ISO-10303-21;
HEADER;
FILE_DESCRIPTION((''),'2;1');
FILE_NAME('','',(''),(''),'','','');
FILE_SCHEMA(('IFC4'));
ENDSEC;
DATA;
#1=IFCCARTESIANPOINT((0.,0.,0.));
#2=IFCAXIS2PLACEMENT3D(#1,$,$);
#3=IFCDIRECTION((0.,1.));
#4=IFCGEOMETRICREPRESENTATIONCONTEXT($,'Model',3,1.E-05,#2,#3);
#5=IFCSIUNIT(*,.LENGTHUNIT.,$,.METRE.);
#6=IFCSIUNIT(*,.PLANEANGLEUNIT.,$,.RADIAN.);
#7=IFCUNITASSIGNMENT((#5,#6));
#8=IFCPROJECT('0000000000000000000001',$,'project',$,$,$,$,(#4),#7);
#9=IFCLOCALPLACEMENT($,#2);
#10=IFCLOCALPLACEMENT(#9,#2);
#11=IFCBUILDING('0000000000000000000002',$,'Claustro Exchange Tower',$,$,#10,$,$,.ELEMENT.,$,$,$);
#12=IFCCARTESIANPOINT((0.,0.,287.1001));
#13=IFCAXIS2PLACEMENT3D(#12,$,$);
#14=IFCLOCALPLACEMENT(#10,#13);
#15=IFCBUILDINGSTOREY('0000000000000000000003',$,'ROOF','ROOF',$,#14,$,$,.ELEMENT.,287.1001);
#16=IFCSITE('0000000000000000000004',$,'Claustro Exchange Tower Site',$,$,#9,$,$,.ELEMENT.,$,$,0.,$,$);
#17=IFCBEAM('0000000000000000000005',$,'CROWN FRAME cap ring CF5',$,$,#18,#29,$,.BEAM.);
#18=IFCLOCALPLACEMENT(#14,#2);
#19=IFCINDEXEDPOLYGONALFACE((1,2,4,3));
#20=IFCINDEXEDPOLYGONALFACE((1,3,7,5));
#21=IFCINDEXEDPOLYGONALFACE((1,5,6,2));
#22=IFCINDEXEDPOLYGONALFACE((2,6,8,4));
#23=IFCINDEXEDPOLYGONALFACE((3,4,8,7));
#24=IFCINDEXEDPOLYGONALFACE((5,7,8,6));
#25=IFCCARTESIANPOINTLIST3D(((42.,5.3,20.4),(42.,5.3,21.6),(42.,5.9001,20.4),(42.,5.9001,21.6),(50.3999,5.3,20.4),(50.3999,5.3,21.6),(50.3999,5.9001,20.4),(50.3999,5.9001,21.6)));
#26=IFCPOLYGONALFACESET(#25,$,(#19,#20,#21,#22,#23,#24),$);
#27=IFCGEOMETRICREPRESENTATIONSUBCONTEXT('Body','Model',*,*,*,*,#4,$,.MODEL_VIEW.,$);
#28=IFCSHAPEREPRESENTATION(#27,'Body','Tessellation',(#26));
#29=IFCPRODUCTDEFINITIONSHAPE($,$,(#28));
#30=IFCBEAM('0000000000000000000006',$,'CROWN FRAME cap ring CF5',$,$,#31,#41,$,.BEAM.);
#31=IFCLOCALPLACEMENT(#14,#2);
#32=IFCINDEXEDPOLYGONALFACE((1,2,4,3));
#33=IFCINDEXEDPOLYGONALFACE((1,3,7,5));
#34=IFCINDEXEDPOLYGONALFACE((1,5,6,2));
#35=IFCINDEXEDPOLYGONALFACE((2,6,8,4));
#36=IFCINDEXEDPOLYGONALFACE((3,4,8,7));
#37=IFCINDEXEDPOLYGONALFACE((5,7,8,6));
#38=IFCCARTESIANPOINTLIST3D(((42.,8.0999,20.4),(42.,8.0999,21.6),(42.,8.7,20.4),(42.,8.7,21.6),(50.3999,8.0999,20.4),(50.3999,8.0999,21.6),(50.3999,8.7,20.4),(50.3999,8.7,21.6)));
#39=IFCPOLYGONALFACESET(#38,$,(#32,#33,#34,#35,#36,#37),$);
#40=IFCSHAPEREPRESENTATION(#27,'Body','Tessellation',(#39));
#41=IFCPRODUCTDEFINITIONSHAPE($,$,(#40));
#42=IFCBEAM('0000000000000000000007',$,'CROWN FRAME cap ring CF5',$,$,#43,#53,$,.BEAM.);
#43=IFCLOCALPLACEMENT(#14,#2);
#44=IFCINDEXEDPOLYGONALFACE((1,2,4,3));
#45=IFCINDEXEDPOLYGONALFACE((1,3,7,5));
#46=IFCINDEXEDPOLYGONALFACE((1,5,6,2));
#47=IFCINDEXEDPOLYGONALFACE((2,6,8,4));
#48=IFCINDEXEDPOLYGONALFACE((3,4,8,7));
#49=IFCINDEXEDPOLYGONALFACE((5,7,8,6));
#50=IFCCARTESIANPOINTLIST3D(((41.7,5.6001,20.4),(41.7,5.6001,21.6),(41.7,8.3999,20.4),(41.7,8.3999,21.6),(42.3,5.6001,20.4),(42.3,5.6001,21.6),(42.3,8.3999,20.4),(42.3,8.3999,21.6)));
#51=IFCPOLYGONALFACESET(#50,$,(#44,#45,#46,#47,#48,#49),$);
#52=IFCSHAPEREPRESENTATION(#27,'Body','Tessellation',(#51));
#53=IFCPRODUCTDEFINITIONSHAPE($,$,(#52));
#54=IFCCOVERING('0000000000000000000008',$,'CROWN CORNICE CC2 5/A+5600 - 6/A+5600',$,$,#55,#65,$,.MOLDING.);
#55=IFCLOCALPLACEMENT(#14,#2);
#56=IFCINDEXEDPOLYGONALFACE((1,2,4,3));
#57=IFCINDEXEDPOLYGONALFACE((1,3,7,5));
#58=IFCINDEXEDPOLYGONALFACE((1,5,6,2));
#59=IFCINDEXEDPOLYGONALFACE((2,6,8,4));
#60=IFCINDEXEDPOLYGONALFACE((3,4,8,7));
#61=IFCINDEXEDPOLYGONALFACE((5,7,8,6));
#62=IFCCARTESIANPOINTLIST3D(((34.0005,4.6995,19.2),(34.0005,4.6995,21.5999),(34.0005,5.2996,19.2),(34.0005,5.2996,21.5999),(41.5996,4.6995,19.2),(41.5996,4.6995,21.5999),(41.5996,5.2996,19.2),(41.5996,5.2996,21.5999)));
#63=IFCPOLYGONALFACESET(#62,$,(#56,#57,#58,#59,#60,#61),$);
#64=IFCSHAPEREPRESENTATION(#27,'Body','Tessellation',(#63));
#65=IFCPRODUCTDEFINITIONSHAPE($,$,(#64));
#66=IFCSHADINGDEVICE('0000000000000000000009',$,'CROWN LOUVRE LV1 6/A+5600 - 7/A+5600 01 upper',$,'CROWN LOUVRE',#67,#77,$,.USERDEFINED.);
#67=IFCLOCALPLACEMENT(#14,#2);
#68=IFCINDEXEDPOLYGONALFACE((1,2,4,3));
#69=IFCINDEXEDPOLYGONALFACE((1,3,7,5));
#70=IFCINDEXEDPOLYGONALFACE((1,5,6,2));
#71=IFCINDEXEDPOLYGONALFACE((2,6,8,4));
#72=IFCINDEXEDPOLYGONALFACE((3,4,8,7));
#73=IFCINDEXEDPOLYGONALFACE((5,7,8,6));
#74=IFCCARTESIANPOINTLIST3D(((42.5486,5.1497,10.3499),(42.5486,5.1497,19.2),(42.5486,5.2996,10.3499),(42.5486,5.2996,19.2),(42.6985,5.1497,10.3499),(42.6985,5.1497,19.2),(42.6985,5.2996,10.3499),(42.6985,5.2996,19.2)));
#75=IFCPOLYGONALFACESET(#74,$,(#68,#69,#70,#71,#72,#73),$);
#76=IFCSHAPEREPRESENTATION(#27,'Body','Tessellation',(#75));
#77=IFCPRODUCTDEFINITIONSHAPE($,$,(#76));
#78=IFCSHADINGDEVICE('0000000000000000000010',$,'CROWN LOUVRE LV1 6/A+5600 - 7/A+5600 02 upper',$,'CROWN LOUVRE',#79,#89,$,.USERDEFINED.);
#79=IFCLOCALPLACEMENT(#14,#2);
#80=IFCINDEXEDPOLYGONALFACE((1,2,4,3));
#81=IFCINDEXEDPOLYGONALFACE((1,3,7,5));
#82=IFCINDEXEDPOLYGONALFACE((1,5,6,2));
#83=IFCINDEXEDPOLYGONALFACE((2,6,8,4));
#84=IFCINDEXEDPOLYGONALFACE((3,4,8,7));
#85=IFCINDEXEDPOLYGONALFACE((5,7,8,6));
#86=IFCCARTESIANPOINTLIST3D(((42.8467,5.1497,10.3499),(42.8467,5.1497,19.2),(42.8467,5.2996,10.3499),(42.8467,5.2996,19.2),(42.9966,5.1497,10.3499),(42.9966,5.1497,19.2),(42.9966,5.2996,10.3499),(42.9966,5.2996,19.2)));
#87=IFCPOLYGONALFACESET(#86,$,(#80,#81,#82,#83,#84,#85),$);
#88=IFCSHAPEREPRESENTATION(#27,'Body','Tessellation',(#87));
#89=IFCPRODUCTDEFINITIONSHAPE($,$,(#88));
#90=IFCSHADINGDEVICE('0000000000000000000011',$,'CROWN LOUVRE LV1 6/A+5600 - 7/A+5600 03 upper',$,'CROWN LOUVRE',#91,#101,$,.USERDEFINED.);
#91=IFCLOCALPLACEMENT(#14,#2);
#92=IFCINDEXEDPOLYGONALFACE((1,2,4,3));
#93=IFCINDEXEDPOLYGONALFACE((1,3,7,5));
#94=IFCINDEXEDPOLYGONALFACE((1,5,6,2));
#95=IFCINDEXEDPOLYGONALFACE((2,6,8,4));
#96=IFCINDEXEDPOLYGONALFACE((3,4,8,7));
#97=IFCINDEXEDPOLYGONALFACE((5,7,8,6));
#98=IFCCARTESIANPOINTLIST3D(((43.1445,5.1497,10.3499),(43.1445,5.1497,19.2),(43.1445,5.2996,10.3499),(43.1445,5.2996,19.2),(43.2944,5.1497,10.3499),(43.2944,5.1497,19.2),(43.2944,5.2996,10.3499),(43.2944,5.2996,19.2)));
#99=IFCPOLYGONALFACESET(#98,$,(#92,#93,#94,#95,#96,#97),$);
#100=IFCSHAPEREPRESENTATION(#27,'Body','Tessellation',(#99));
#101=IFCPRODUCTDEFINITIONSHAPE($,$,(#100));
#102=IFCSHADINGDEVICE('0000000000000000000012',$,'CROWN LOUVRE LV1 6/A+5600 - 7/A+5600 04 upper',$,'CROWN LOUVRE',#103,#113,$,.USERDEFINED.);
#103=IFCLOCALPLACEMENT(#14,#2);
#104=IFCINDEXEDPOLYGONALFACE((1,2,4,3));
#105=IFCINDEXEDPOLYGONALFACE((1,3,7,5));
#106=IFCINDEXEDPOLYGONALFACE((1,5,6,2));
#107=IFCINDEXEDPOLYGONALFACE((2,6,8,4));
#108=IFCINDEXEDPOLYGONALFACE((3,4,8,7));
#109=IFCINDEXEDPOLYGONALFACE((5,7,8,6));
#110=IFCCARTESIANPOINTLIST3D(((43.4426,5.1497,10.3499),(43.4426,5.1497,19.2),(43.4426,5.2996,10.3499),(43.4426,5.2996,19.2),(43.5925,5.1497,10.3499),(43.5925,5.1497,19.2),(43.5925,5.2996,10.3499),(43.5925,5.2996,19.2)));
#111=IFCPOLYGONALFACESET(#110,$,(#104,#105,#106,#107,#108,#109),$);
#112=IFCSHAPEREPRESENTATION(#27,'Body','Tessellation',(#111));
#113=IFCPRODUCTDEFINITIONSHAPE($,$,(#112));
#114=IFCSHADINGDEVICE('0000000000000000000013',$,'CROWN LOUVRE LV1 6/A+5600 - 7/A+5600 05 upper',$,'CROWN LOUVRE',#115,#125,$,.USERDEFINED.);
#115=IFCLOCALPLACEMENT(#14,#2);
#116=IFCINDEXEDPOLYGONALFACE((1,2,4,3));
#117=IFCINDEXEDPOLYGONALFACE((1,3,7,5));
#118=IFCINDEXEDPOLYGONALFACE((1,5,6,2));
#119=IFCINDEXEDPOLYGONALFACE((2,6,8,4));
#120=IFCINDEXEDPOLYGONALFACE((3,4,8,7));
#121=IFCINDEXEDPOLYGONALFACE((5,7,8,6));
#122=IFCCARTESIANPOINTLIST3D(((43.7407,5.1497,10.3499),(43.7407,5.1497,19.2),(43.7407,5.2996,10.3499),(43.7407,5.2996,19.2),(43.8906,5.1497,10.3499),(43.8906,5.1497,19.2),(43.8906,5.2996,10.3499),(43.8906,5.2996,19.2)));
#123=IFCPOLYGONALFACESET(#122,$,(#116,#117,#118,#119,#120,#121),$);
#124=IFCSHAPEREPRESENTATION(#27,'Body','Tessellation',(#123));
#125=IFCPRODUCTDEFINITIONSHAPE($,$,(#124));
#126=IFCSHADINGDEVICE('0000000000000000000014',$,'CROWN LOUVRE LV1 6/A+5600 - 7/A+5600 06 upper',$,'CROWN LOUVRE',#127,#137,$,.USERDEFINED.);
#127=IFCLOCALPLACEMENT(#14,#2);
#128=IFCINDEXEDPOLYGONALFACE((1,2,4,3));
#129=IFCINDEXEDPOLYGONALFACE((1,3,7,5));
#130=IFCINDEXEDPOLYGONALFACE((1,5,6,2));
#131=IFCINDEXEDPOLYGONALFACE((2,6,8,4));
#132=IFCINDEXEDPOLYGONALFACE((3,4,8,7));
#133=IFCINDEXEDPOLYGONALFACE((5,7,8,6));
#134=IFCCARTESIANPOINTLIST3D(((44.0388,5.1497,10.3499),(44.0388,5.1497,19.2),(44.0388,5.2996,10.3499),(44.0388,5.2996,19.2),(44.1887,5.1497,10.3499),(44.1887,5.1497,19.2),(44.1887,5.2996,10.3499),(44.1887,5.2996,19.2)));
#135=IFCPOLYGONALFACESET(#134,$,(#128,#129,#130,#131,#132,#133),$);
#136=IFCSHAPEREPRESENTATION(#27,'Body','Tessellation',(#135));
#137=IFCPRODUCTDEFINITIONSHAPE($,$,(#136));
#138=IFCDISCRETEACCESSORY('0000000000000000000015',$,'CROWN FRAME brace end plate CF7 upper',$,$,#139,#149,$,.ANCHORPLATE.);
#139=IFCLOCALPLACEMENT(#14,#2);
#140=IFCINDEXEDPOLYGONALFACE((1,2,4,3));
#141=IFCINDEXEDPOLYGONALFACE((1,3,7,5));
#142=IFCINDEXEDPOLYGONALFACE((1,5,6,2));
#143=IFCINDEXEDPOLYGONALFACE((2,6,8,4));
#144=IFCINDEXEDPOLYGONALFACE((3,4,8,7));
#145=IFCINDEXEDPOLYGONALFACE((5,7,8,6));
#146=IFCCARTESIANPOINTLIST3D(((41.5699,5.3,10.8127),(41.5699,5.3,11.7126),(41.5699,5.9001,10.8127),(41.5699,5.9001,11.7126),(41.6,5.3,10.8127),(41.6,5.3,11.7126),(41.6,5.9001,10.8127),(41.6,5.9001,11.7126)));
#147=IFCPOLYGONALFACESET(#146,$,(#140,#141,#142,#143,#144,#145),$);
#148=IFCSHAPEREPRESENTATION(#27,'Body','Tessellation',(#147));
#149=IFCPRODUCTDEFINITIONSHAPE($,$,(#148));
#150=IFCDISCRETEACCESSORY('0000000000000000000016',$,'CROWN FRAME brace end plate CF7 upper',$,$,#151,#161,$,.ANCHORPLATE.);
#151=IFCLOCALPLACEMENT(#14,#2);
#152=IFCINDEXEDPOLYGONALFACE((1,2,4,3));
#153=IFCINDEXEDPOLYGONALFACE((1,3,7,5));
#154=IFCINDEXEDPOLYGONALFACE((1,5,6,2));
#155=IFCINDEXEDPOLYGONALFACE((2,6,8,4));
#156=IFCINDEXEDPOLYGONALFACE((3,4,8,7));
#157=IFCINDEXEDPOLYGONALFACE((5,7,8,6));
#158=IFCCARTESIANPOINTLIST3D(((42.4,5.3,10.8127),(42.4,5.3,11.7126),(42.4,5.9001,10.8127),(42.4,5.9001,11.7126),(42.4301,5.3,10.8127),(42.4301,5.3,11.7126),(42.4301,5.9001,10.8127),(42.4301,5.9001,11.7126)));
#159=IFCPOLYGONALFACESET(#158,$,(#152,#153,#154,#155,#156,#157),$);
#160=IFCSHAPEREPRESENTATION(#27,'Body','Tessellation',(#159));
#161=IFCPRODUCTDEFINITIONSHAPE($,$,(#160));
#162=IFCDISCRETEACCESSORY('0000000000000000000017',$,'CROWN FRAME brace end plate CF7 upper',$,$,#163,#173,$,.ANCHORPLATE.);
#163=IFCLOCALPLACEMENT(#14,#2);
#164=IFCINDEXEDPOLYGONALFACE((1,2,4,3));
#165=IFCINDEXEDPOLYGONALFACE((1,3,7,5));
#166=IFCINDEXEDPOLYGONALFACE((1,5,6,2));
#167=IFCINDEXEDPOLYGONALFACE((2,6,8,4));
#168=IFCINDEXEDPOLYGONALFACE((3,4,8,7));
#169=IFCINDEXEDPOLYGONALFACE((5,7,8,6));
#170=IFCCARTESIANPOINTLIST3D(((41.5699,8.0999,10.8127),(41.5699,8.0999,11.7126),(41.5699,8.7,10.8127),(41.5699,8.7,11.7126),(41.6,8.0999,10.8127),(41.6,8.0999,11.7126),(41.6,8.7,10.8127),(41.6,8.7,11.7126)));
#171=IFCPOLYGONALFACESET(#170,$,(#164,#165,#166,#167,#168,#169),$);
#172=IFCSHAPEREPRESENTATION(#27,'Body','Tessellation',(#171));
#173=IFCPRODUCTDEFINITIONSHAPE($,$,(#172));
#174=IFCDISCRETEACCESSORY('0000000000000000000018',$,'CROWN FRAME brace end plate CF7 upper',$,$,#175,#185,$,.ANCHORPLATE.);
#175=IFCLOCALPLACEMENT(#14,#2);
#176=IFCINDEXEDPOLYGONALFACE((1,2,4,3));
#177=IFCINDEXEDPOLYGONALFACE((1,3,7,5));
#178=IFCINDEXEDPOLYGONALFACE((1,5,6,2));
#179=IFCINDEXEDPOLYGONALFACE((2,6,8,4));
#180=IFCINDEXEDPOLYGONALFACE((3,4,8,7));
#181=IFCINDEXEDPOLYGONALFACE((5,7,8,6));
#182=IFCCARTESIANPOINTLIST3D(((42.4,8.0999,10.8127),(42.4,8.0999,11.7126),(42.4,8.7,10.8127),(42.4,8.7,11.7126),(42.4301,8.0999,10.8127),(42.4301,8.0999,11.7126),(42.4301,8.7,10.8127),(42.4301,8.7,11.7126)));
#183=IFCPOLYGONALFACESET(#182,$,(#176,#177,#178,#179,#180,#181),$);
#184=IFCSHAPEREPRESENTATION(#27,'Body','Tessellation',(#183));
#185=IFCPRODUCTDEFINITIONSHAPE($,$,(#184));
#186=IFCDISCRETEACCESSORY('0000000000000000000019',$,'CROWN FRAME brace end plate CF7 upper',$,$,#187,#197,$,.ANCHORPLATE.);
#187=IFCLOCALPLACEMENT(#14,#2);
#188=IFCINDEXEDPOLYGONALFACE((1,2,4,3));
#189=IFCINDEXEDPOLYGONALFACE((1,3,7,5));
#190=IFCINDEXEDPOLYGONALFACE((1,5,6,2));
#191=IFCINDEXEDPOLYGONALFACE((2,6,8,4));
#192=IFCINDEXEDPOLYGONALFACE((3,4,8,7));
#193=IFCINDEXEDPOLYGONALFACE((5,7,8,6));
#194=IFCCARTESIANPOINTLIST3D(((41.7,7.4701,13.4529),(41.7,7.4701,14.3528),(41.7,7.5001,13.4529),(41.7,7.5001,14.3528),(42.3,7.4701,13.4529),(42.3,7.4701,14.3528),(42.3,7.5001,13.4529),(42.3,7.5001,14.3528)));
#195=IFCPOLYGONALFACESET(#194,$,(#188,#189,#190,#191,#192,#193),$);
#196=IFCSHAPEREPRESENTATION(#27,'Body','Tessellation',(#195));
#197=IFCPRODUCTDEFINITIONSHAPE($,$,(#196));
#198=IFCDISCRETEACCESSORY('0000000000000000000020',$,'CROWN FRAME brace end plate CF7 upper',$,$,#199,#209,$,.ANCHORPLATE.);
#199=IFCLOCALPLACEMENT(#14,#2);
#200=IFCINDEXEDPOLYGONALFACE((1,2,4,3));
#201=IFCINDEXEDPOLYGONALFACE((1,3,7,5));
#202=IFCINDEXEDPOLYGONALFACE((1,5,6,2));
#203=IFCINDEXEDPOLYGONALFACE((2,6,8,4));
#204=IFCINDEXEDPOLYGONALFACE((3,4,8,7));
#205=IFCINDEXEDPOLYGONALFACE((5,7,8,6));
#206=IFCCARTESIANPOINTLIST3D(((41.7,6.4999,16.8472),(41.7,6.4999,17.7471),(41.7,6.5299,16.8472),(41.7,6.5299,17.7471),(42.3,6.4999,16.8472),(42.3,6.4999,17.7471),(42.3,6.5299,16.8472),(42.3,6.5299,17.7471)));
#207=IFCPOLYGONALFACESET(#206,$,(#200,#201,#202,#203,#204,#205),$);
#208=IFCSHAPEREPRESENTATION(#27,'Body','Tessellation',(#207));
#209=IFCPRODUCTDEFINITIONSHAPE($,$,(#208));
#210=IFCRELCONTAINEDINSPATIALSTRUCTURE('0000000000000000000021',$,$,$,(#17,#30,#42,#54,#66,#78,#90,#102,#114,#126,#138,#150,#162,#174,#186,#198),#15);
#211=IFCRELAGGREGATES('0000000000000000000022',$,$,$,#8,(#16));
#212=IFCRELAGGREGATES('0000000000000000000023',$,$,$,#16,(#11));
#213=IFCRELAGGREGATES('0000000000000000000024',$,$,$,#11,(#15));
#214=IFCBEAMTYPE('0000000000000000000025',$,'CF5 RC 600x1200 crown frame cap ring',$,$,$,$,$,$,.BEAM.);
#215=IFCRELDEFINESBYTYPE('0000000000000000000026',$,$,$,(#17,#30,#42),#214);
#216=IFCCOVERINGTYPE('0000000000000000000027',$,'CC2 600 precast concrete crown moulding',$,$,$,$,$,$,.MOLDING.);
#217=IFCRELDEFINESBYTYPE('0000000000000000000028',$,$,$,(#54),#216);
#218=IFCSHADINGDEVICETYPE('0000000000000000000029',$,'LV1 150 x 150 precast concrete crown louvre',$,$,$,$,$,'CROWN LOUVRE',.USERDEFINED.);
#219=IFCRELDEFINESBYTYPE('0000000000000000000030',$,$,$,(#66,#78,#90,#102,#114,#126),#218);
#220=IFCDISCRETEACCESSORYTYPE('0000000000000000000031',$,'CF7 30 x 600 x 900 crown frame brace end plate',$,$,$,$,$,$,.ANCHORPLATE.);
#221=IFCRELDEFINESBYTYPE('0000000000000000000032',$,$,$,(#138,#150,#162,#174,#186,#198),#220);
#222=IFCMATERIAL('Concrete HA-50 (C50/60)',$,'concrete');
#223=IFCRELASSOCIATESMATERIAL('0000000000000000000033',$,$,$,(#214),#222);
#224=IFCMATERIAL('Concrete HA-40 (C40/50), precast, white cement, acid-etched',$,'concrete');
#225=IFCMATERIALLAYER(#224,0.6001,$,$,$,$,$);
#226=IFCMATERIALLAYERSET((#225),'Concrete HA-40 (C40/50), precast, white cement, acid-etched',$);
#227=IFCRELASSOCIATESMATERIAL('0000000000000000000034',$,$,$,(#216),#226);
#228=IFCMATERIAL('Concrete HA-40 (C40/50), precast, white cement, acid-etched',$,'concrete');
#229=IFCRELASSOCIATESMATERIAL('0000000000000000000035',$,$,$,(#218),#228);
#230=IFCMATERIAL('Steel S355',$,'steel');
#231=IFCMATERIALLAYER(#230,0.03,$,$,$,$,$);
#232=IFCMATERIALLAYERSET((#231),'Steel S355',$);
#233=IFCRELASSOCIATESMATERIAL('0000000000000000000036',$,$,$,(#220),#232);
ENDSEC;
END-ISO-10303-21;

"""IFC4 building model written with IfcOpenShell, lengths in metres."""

from ifc_helpers import new_model, si_unit, direction, frame, origin, origin_2d, place, context, subcontext, project, spatial, rectangle, extrude, material, layer, layer_set, material_profile, profile_set, type_object, element, save


model = new_model("IFC4")

# Units and contexts
model_context = context("Model", 3, precision=1e-05, world=origin(), true_north=direction((0.0, 1.0)))
body_context = subcontext(model_context, "Body", "Model", "MODEL_VIEW")
ifc_project = project(units=[si_unit("LENGTHUNIT", "METRE"), si_unit("PLANEANGLEUNIT", "RADIAN")], contexts=[model_context])

# Site, building, storey
site_placement = place(None, origin())
site = spatial("IfcSite", under=ifc_project, at=site_placement, Name="Claustro Exchange Tower Site", CompositionType="ELEMENT", RefElevation=0.0)
building_placement = place(site_placement, origin())
building = spatial("IfcBuilding", under=site, at=building_placement, Name="Claustro Exchange Tower", CompositionType="ELEMENT")
storey_placement = place(building_placement, frame((0.0, 0.0, 287.1001)))
storey = spatial("IfcBuildingStorey", under=building, at=storey_placement, Name="ROOF", Description="ROOF", CompositionType="ELEMENT", Elevation=287.1001)

# Beams
ifc_material_1 = material(Name="Concrete HA-50 (C50/60)", Category="concrete")
ifc_material_profile_1 = material_profile(ifc_material_1, rectangle(XDim=0.6001, YDim=1.2, at=origin_2d()), Name="RC 600x1200")
ifc_profile_set_1 = profile_set([ifc_material_profile_1], Name="Concrete HA-50 (C50/60)")
beam_type = type_object("IfcBeamType", Name="CF5 RC 600x1200 crown frame cap ring", PredefinedType="BEAM", material=ifc_profile_set_1)
for number, where, z_axis, x_axis, name in (
    (1, (42.0, 5.6001, 21.0), (1.0, 0.0, 0.0), (0.0, 1.0, 0.0), "CROWN FRAME cap ring CF5"),
    (2, (42.0, 8.3999, 21.0), (1.0, 0.0, 0.0), (0.0, 1.0, 0.0), "CROWN FRAME cap ring CF5"),
):
    element("IfcBeam", number, at=place(storey_placement, frame(where, z_axis=z_axis, x_axis=x_axis)), inside=storey, type_object=beam_type, Name=name, PredefinedType="BEAM", context=body_context, shape_type="SweptSolid", body=[
        extrude(rectangle(XDim=0.6001, YDim=1.2, at=origin_2d()), origin(), (0.0, 0.0, 1.0), 8.3999),
    ])
beam_placement = place(storey_placement, frame((42.0, 5.6001, 21.0), z_axis=(0.0, 1.0, 0.0), x_axis=(-1.0, 0.0, 0.0)))
element("IfcBeam", 3, at=beam_placement, inside=storey, type_object=beam_type, Name="CROWN FRAME cap ring CF5", PredefinedType="BEAM", context=body_context, shape_type="SweptSolid", body=[
    extrude(rectangle(XDim=0.6001, YDim=1.2, at=origin_2d()), origin(), (0.0, 0.0, 1.0), 2.7998),
])

# Covering
ifc_material_2 = material(Name="Concrete HA-40 (C40/50), precast, white cement, acid-etched", Category="concrete")
ifc_layer_1 = layer(ifc_material_2, 0.6001)
ifc_layer_set_1 = layer_set([ifc_layer_1], Name="Concrete HA-40 (C40/50), precast, white cement, acid-etched")
covering_type = type_object("IfcCoveringType", Name="CC2 600 precast concrete crown moulding", PredefinedType="MOLDING", material=ifc_layer_set_1)
covering_placement = place(storey_placement, frame((37.8, 4.9995, 19.2), z_axis=(0.0, 0.0, 1.0), x_axis=(1.0, 0.0, 0.0)))
element("IfcCovering", 4, at=covering_placement, inside=storey, type_object=covering_type, Name="CROWN CORNICE CC2 5/A+5600 - 6/A+5600", PredefinedType="MOLDING", context=body_context, shape_type="SweptSolid", body=[
    extrude(rectangle(XDim=7.5991, YDim=0.6001, at=origin_2d()), origin(), (0.0, 0.0, 1.0), 2.3999),
])

# Shading devices
ifc_material_3 = material(Name="Concrete HA-40 (C40/50), precast, white cement, acid-etched", Category="concrete")
shading_device_type = type_object("IfcShadingDeviceType", Name="LV1 150 x 150 precast concrete crown louvre", ElementType="CROWN LOUVRE", PredefinedType="USERDEFINED", material=ifc_material_3)
for number, where, z_axis, x_axis, name in (
    (5, (42.6235, 5.2246, 10.3499), (0.0, 0.0, 1.0), (1.0, 0.0, 0.0), "CROWN LOUVRE LV1 6/A+5600 - 7/A+5600 01 upper"),
    (6, (42.9216, 5.2246, 10.3499), (0.0, 0.0, 1.0), (1.0, 0.0, 0.0), "CROWN LOUVRE LV1 6/A+5600 - 7/A+5600 02 upper"),
    (7, (43.2195, 5.2246, 10.3499), (0.0, 0.0, 1.0), (1.0, 0.0, 0.0), "CROWN LOUVRE LV1 6/A+5600 - 7/A+5600 03 upper"),
    (8, (43.5176, 5.2246, 10.3499), (0.0, 0.0, 1.0), (1.0, 0.0, 0.0), "CROWN LOUVRE LV1 6/A+5600 - 7/A+5600 04 upper"),
    (9, (43.8157, 5.2246, 10.3499), (0.0, 0.0, 1.0), (1.0, 0.0, 0.0), "CROWN LOUVRE LV1 6/A+5600 - 7/A+5600 05 upper"),
    (10, (44.1138, 5.2246, 10.3499), (0.0, 0.0, 1.0), (1.0, 0.0, 0.0), "CROWN LOUVRE LV1 6/A+5600 - 7/A+5600 06 upper"),
):
    element("IfcShadingDevice", number, at=place(storey_placement, frame(where, z_axis=z_axis, x_axis=x_axis)), inside=storey, type_object=shading_device_type, Name=name, ObjectType="CROWN LOUVRE", PredefinedType="USERDEFINED", context=body_context, shape_type="SweptSolid", body=[
        extrude(rectangle(XDim=0.1499, YDim=0.1499, at=origin_2d()), origin(), (0.0, 0.0, 1.0), 8.8501),
    ])

# Discrete accessories
ifc_material_4 = material(Name="Steel S355", Category="steel")
ifc_layer_2 = layer(ifc_material_4, 0.03)
ifc_layer_set_2 = layer_set([ifc_layer_2], Name="Steel S355")
discrete_accessory_type = type_object("IfcDiscreteAccessoryType", Name="CF7 30 x 600 x 900 crown frame brace end plate", PredefinedType="ANCHORPLATE", material=ifc_layer_set_2)
for number, where, z_axis, x_axis, name in (
    (11, (41.585, 5.6001, 10.8127), (0.0, 0.0, 1.0), (-1.0, 0.0, 0.0), "CROWN FRAME brace end plate CF7 upper"),
    (12, (42.415, 5.6001, 10.8127), (0.0, 0.0, 1.0), (1.0, 0.0, 0.0), "CROWN FRAME brace end plate CF7 upper"),
    (13, (41.585, 8.3999, 10.8127), (0.0, 0.0, 1.0), (-1.0, 0.0, 0.0), "CROWN FRAME brace end plate CF7 upper"),
    (14, (42.415, 8.3999, 10.8127), (0.0, 0.0, 1.0), (1.0, 0.0, 0.0), "CROWN FRAME brace end plate CF7 upper"),
    (15, (42.0, 7.4851, 13.4529), (0.0, 0.0, 1.0), (0.0, -1.0, 0.0), "CROWN FRAME brace end plate CF7 upper"),
    (16, (42.0, 6.5149, 16.8472), (0.0, 0.0, 1.0), (0.0, -1.0, 0.0), "CROWN FRAME brace end plate CF7 upper"),
):
    element("IfcDiscreteAccessory", number, at=place(storey_placement, frame(where, z_axis=z_axis, x_axis=x_axis)), inside=storey, type_object=discrete_accessory_type, Name=name, PredefinedType="ANCHORPLATE", context=body_context, shape_type="SweptSolid", body=[
        extrude(rectangle(XDim=0.03, YDim=0.6001, at=origin_2d()), origin(), (0.0, 0.0, 1.0), 0.8999),
    ])

save(model, "model.ifc")
